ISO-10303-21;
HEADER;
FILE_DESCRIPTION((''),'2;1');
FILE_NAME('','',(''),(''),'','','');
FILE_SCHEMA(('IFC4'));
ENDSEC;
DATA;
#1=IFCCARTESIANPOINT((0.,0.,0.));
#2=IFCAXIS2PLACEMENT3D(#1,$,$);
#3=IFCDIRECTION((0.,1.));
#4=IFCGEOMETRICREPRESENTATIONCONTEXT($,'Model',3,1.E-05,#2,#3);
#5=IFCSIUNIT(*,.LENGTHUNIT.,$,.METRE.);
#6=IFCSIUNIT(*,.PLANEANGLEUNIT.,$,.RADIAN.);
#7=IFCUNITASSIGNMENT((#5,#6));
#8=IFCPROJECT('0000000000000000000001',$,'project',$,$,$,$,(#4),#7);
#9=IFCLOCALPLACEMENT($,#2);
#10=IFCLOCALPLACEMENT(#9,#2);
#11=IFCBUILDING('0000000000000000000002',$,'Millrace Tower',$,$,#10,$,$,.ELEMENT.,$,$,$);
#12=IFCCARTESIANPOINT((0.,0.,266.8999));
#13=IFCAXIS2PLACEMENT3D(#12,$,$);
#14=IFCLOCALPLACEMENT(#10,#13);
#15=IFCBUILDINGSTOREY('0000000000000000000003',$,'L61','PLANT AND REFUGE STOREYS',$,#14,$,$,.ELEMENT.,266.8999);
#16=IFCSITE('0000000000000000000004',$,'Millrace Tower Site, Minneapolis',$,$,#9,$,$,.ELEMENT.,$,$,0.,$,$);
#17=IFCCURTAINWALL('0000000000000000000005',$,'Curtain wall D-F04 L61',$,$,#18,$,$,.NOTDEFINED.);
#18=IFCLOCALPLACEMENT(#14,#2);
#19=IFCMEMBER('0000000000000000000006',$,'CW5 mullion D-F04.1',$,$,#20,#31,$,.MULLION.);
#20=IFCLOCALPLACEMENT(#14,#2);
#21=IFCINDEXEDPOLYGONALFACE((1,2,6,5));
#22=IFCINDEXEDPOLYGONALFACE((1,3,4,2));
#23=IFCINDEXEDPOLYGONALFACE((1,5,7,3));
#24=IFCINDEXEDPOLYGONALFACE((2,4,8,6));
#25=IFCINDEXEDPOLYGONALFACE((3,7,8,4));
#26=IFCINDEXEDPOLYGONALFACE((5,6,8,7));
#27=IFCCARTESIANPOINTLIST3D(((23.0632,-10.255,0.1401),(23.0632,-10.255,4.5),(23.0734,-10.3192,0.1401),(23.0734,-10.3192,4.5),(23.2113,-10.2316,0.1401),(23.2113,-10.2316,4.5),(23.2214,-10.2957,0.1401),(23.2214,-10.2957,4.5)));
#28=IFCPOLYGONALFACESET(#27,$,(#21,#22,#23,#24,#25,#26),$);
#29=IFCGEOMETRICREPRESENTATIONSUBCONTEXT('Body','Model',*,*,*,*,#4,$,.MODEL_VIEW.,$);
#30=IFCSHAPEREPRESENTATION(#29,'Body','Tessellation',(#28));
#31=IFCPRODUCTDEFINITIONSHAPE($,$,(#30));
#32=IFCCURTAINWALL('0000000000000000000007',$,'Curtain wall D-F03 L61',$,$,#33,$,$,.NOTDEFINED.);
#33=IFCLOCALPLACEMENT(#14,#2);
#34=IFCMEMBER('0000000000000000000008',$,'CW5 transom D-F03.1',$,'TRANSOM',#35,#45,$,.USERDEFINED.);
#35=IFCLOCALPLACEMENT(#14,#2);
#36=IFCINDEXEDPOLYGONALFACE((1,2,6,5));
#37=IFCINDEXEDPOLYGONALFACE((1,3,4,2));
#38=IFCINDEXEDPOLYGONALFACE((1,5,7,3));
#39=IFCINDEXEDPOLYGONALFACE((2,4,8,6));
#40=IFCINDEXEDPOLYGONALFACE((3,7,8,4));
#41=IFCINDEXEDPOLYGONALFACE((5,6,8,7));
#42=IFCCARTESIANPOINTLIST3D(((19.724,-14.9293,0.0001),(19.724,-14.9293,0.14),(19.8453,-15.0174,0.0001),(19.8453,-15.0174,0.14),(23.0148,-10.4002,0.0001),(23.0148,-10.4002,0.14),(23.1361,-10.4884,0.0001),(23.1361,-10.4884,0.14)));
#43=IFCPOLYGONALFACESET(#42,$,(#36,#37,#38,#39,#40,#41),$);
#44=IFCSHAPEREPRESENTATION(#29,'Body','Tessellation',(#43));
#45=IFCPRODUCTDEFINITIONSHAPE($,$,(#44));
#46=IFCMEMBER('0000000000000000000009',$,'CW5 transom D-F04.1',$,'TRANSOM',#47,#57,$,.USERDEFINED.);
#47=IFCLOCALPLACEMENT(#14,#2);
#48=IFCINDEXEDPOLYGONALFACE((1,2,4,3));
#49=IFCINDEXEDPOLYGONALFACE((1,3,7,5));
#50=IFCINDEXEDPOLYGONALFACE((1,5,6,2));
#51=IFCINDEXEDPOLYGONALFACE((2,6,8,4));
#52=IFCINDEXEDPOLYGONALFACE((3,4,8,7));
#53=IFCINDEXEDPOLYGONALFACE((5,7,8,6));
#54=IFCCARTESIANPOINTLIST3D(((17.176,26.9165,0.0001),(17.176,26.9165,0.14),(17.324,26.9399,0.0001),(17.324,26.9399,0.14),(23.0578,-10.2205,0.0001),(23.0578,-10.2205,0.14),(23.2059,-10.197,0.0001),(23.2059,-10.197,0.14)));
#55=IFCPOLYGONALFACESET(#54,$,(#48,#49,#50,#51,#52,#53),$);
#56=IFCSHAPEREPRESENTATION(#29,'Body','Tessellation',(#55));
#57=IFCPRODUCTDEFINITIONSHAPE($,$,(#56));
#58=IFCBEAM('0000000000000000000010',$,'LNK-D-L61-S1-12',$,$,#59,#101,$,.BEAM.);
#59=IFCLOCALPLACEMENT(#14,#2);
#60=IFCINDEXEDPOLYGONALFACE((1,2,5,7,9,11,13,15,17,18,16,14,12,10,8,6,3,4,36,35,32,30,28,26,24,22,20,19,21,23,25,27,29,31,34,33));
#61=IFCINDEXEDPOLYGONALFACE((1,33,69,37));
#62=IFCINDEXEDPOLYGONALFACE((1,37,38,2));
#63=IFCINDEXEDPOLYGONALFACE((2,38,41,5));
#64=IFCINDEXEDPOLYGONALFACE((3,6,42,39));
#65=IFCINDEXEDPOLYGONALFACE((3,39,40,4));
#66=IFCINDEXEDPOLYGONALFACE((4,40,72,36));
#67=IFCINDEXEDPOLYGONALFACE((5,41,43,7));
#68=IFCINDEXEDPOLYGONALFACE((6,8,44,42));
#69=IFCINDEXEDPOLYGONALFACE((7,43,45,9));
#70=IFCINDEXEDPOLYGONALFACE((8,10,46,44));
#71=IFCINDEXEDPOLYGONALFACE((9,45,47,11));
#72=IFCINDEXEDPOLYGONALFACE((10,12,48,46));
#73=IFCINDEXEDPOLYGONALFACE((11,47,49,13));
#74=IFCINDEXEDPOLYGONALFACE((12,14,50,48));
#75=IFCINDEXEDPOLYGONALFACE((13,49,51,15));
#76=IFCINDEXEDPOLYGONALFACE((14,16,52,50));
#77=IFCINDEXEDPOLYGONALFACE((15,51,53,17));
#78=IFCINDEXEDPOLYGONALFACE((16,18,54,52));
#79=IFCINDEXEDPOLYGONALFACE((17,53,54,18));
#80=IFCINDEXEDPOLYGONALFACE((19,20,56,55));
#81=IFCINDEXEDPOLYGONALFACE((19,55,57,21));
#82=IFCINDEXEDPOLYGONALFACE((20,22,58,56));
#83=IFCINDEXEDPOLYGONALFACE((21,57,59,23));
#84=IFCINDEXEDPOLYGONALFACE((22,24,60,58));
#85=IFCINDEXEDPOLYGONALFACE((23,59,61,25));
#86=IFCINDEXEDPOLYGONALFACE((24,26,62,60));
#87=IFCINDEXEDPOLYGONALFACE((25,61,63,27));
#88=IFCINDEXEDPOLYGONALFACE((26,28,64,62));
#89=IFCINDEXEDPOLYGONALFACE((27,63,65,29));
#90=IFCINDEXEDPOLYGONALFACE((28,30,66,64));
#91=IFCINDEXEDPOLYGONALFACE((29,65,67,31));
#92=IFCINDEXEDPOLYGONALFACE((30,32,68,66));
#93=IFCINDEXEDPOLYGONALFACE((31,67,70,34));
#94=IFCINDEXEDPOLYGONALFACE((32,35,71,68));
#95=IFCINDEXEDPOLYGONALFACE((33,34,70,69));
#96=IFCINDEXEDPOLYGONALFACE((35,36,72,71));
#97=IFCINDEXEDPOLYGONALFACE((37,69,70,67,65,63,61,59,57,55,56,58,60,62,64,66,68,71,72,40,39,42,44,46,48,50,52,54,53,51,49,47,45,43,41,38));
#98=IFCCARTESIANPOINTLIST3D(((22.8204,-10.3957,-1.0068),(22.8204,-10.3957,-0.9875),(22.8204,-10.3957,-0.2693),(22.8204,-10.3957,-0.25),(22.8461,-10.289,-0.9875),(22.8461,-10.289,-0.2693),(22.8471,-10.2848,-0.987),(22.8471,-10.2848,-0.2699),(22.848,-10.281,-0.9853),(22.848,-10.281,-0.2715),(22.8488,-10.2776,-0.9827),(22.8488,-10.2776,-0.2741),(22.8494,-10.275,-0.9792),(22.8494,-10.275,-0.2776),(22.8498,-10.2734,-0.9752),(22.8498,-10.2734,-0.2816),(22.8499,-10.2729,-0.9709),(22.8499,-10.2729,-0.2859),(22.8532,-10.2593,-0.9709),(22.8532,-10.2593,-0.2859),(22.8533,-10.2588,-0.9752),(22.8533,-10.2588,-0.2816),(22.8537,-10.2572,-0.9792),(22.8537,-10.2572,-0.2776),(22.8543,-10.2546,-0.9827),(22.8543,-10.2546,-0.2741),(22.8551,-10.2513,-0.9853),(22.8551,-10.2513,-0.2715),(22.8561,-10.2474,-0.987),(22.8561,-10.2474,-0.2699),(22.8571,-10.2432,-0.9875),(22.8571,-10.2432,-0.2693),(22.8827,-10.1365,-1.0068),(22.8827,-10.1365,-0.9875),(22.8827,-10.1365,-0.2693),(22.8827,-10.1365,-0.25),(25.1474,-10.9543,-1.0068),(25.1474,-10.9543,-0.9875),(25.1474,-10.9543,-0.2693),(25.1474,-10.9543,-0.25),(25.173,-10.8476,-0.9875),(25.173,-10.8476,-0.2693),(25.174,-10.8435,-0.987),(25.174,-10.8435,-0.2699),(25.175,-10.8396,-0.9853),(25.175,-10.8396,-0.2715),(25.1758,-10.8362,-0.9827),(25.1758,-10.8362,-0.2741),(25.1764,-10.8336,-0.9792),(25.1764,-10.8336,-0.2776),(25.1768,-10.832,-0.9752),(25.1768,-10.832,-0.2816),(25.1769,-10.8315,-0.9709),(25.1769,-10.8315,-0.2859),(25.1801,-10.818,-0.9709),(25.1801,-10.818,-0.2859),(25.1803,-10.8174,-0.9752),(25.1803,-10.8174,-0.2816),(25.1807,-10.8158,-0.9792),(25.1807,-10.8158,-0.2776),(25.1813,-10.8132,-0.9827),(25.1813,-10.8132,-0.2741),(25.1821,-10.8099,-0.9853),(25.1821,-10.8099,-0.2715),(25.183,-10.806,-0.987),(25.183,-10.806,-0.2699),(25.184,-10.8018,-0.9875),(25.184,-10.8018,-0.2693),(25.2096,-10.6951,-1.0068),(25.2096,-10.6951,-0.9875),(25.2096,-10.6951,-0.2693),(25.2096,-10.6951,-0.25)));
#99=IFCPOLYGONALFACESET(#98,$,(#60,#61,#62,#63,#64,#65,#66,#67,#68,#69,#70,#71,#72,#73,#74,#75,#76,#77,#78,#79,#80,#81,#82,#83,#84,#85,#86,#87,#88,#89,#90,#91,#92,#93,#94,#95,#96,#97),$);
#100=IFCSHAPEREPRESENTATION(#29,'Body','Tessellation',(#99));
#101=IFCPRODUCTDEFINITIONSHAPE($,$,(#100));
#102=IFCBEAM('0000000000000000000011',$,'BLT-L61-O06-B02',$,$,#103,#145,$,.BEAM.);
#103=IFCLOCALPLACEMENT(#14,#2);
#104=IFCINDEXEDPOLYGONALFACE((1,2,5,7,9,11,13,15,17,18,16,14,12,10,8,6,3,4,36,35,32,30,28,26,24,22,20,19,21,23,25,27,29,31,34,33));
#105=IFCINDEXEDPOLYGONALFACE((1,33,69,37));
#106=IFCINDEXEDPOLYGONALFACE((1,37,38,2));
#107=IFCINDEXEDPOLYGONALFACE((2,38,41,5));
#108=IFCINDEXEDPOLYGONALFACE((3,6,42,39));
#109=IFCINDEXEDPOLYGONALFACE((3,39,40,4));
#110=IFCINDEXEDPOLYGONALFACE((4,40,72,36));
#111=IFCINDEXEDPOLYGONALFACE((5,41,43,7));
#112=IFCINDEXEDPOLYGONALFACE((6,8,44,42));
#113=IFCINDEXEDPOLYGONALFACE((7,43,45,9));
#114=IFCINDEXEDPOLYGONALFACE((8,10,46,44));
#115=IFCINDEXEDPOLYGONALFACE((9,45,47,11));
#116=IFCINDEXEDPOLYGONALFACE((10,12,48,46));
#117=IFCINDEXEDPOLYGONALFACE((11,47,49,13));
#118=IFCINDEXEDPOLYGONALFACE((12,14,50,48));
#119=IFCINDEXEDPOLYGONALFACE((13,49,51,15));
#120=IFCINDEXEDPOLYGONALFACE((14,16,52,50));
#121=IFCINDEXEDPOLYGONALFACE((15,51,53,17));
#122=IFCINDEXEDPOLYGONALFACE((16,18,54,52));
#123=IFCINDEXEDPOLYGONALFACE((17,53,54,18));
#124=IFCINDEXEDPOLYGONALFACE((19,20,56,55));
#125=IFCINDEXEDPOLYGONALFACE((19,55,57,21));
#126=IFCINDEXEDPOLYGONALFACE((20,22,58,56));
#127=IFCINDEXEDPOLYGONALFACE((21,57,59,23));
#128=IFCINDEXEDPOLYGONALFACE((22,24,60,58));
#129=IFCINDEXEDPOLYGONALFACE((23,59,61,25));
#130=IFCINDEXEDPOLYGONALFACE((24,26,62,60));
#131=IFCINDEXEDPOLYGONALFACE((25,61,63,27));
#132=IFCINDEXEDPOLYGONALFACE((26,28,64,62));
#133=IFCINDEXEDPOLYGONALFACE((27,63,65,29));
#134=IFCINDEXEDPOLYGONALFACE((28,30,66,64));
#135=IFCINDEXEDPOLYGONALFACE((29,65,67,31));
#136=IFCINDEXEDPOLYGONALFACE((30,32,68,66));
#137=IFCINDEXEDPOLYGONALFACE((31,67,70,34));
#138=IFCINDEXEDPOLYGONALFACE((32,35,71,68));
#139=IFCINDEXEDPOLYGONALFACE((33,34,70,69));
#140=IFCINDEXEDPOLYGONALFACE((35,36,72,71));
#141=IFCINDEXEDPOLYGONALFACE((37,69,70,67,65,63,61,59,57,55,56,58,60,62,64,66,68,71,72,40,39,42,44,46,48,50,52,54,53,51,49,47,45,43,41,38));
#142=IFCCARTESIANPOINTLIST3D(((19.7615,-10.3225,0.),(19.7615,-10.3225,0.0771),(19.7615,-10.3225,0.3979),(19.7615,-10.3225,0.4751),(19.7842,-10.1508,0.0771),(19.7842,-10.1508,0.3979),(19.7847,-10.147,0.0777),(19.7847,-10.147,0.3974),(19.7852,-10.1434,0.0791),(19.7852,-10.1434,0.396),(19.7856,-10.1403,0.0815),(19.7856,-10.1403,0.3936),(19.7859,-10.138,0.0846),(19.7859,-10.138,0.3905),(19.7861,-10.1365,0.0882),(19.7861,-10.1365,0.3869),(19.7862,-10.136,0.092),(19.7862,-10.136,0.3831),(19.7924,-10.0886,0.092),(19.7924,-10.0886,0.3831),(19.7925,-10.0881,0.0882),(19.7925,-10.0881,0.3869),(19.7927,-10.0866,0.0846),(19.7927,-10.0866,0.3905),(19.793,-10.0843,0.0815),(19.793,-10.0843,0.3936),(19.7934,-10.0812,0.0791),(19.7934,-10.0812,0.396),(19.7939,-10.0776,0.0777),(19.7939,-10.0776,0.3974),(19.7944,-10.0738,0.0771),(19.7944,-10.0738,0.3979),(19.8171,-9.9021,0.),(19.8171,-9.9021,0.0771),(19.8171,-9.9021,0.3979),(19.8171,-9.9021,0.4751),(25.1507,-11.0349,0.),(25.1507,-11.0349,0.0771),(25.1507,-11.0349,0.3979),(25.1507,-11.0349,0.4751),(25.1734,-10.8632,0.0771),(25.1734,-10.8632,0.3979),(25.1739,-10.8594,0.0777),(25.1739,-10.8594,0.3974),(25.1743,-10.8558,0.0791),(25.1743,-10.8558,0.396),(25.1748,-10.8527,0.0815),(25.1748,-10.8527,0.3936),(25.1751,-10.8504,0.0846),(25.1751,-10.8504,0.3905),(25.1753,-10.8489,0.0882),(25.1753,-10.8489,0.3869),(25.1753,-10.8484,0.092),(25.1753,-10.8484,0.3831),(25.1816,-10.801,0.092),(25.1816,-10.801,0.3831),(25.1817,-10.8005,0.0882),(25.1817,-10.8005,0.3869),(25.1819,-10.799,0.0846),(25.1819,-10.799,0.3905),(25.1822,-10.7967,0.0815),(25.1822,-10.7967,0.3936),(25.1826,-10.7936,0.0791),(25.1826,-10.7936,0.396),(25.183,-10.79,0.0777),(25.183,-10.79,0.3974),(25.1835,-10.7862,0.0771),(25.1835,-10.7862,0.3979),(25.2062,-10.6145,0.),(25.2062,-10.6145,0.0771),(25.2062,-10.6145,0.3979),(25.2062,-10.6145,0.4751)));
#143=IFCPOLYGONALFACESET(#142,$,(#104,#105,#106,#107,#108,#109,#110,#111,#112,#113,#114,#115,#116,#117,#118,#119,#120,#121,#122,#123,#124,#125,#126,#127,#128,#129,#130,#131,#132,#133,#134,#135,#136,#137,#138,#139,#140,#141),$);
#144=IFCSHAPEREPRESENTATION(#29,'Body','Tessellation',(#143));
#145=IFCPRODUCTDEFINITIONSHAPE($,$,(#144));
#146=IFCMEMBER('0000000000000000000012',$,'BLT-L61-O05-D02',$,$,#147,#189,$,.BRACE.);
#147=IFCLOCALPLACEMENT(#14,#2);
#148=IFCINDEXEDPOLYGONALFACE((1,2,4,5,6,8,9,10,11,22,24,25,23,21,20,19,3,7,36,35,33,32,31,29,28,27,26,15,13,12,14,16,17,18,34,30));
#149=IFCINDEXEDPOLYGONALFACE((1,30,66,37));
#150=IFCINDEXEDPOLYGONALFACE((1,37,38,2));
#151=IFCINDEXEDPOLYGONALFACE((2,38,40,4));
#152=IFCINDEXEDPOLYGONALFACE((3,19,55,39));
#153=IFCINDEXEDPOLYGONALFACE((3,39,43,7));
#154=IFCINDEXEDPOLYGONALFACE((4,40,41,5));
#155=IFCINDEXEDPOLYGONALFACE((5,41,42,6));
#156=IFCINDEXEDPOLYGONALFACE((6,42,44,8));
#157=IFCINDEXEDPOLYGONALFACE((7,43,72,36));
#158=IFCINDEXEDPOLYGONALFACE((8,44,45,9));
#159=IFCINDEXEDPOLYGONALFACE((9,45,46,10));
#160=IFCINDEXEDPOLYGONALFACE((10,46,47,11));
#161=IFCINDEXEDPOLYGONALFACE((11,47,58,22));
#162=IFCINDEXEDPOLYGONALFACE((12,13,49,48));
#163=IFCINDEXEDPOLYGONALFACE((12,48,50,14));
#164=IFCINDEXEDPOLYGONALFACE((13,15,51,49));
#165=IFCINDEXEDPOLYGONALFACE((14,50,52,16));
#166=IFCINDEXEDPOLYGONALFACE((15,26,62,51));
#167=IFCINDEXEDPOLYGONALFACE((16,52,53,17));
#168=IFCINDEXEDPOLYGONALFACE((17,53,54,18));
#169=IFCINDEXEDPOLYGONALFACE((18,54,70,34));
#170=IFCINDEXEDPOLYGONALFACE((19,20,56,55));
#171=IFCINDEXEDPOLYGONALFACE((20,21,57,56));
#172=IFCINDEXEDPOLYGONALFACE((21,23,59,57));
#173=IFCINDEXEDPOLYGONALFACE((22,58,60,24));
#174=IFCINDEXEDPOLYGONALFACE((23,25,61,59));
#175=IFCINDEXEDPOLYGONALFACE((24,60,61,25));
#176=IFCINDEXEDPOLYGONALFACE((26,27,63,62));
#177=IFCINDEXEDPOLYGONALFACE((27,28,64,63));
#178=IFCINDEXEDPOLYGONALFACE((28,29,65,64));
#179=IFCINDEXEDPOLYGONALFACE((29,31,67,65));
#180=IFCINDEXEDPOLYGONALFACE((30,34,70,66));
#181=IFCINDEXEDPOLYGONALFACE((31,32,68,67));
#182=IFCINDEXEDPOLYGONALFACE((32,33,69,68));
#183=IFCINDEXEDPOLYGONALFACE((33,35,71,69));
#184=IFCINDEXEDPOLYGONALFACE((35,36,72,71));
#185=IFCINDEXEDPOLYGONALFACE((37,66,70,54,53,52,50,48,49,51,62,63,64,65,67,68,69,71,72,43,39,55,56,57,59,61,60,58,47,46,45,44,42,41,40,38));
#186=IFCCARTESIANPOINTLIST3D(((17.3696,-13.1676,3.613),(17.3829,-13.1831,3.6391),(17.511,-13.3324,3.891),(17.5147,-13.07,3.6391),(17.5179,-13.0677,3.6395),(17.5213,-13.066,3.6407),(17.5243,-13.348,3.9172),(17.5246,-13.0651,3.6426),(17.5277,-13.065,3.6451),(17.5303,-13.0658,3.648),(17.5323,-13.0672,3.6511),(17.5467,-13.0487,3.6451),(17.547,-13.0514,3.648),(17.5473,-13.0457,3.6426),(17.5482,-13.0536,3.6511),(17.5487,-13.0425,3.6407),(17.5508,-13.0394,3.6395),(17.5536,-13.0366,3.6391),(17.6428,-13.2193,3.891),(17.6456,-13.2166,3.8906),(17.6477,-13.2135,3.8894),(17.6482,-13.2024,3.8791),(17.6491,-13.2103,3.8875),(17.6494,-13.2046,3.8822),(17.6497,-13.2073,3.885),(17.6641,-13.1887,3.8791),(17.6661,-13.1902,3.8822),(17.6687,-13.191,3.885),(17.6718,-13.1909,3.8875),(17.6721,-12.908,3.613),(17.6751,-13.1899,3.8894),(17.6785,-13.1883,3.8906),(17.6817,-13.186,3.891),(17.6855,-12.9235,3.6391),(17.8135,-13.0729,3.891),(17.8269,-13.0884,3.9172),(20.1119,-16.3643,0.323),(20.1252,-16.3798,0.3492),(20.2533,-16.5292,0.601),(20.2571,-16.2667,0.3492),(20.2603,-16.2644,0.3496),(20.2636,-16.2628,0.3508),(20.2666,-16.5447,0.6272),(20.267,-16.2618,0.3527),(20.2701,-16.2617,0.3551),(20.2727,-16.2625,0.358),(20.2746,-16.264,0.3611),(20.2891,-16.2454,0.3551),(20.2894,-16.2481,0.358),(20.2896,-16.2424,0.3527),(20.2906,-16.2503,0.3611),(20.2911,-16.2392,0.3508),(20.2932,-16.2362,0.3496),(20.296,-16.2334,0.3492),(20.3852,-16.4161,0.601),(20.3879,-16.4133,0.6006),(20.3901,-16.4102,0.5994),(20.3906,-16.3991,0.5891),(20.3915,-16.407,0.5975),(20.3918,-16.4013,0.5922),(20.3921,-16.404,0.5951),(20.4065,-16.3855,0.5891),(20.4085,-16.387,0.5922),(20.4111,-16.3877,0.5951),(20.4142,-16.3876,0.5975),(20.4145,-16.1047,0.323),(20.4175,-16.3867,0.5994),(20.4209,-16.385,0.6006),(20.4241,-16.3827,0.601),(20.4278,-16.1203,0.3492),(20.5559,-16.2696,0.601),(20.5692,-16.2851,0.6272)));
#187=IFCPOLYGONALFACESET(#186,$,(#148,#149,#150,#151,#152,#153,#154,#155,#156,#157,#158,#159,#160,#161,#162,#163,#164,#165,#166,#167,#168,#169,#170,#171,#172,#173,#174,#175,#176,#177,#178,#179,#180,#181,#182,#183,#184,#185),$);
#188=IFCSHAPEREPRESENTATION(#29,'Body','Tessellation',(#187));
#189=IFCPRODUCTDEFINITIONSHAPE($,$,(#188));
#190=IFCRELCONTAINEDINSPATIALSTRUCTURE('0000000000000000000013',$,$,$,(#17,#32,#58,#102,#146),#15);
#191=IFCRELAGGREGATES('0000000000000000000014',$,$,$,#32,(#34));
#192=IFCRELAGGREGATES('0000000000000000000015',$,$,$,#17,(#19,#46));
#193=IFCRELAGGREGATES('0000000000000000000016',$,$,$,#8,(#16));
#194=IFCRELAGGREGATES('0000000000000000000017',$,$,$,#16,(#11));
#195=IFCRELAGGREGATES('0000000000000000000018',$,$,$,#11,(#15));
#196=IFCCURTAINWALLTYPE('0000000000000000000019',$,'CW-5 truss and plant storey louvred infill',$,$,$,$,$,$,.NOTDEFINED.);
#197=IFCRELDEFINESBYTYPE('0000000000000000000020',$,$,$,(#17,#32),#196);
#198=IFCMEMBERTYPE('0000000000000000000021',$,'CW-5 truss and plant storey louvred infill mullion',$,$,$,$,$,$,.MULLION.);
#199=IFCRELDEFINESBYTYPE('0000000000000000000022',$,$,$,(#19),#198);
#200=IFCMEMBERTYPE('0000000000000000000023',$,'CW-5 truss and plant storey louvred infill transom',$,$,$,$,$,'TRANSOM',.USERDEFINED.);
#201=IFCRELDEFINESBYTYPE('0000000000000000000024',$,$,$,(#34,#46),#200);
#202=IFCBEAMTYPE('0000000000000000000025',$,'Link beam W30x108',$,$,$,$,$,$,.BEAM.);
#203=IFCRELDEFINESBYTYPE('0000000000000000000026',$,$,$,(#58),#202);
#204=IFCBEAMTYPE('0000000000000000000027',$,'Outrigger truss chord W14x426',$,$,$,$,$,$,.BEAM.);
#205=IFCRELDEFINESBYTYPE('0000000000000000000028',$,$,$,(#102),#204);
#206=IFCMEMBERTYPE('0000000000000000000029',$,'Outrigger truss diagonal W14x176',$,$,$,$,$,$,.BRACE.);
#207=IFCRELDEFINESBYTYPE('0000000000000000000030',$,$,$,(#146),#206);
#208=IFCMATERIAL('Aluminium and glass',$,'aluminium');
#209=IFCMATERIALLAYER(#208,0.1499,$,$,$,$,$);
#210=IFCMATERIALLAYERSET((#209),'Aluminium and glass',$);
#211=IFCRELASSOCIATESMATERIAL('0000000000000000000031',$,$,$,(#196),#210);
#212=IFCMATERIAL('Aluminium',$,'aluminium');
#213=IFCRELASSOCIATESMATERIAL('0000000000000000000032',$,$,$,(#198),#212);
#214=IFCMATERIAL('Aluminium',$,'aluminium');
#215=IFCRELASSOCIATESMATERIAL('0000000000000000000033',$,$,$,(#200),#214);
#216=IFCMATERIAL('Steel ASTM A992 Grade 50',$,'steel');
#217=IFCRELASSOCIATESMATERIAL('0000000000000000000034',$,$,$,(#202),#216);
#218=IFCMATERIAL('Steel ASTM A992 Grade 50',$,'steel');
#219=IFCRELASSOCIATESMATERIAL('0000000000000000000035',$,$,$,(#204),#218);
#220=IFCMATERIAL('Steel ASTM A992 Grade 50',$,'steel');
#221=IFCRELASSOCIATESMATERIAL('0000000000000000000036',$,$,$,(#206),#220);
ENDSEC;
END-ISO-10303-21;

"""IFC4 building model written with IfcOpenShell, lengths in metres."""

from ifc_helpers import new_model, si_unit, direction, frame, origin, origin_2d, place, context, subcontext, project, spatial, rectangle, i_section, extrude, material, layer, layer_set, material_profile, profile_set, type_object, element, aggregate, save


model = new_model("IFC4")

# Units and contexts
model_context = context("Model", 3, precision=1e-05, world=origin(), true_north=direction((0.0, 1.0)))
body_context = subcontext(model_context, "Body", "Model", "MODEL_VIEW")
ifc_project = project(units=[si_unit("LENGTHUNIT", "METRE"), si_unit("PLANEANGLEUNIT", "RADIAN")], contexts=[model_context])

# Site, building, storey
site_placement = place(None, origin())
site = spatial("IfcSite", under=ifc_project, at=site_placement, Name="Millrace Tower Site, Minneapolis", CompositionType="ELEMENT", RefElevation=0.0)
building_placement = place(site_placement, origin())
building = spatial("IfcBuilding", under=site, at=building_placement, Name="Millrace Tower", CompositionType="ELEMENT")
storey_placement = place(building_placement, frame((0.0, 0.0, 266.8999)))
storey = spatial("IfcBuildingStorey", under=building, at=storey_placement, Name="L61", Description="PLANT AND REFUGE STOREYS", CompositionType="ELEMENT", Elevation=266.8999)

# Curtain walls, members
ifc_material_1 = material(Name="Aluminium and glass", Category="aluminium")
ifc_layer_1 = layer(ifc_material_1, 0.1499)
ifc_layer_set_1 = layer_set([ifc_layer_1], Name="Aluminium and glass")
curtain_wall_type = type_object("IfcCurtainWallType", Name="CW-5 truss and plant storey louvred infill", PredefinedType="NOTDEFINED", material=ifc_layer_set_1)
placement = place(storey_placement, origin())
curtain_wall_1 = element("IfcCurtainWall", 1, at=placement, inside=storey, type_object=curtain_wall_type, Name="Curtain wall D-F04 L61", PredefinedType="NOTDEFINED")
ifc_material_2 = material(Name="Aluminium", Category="aluminium")
ifc_material_profile_1 = material_profile(ifc_material_2, rectangle(XDim=0.0649, YDim=0.1499, at=origin_2d()))
ifc_profile_set_1 = profile_set([ifc_material_profile_1], Name="Aluminium")
member_type_1 = type_object("IfcMemberType", Name="CW-5 truss and plant storey louvred infill mullion", PredefinedType="MULLION", material=ifc_profile_set_1)
member_1_placement = place(storey_placement, frame((23.1423, -10.2754, 0.1401), z_axis=(0.0, 0.0, 1.0), x_axis=(-0.156434, 0.987688, 0.0)))
member_1 = element("IfcMember", 2, at=member_1_placement, type_object=member_type_1, Name="CW5 mullion D-F04.1", PredefinedType="MULLION", context=body_context, shape_type="SweptSolid", body=[
    extrude(rectangle(XDim=0.0649, YDim=0.1499, at=origin_2d()), origin(), (0.0, 0.0, 1.0), 4.3599),
])
curtain_wall_2 = element("IfcCurtainWall", 3, at=placement, inside=storey, type_object=curtain_wall_type, Name="Curtain wall D-F03 L61", PredefinedType="NOTDEFINED")
ifc_material_3 = material(Name="Aluminium", Category="aluminium")
ifc_material_profile_2 = material_profile(ifc_material_3, rectangle(XDim=0.1499, YDim=0.1399, at=origin_2d()))
ifc_profile_set_2 = profile_set([ifc_material_profile_2], Name="Aluminium")
member_type_2 = type_object("IfcMemberType", Name="CW-5 truss and plant storey louvred infill transom", ElementType="TRANSOM", PredefinedType="USERDEFINED", material=ifc_profile_set_2)
member_2_placement = place(storey_placement, frame((19.7847, -14.9734, 0.0701), z_axis=(0.587811, 0.808998, 0.0), x_axis=(-0.808998, 0.587811, 0.0)))
member_2 = element("IfcMember", 4, at=member_2_placement, type_object=member_type_2, Name="CW5 transom D-F03.1", ObjectType="TRANSOM", PredefinedType="USERDEFINED", context=body_context, shape_type="SweptSolid", body=[
    extrude(rectangle(XDim=0.1499, YDim=0.1399, at=origin_2d()), origin(), (0.0, 0.0, 1.0), 5.5984),
])
aggregate(curtain_wall_2, [member_2])

# Member
member_3_placement = place(storey_placement, frame((23.1318, -10.2087, 0.0701), z_axis=(-0.156432, 0.987689, 0.0), x_axis=(-0.987689, -0.156432, 0.0)))
member_3 = element("IfcMember", 5, at=member_3_placement, type_object=member_type_2, Name="CW5 transom D-F04.1", ObjectType="TRANSOM", PredefinedType="USERDEFINED", context=body_context, shape_type="SweptSolid", body=[
    extrude(rectangle(XDim=0.1499, YDim=0.1399, at=origin_2d()), origin(), (0.0, 0.0, 1.0), 37.5999),
])
aggregate(curtain_wall_1, [member_1, member_3])

# Beams
ifc_material_4 = material(Name="Steel ASTM A992 Grade 50", Category="steel")
ifc_material_profile_3 = material_profile(ifc_material_4, i_section(OverallWidth=0.2666, OverallDepth=0.7568, WebThickness=0.0139, FlangeThickness=0.0193, FilletRadius=0.0166, at=origin_2d()))
ifc_profile_set_3 = profile_set([ifc_material_profile_3], Name="Steel ASTM A992 Grade 50")
beam_type_1 = type_object("IfcBeamType", Name="Link beam W30x108", PredefinedType="BEAM", material=ifc_profile_set_3)
beam_1_placement = place(storey_placement, frame((22.8516, -10.2661, -0.6284), z_axis=(0.972374, -0.233427, 0.0), x_axis=(0.233427, 0.972374, 0.0)))
element("IfcBeam", 6, at=beam_1_placement, inside=storey, type_object=beam_type_1, Name="LNK-D-L61-S1-12", PredefinedType="BEAM", context=body_context, shape_type="SweptSolid", body=[
    extrude(i_section(OverallWidth=0.2666, OverallDepth=0.7568, WebThickness=0.0139, FlangeThickness=0.0193, FilletRadius=0.0166, at=origin_2d()), origin(), (0.0, 0.0, 1.0), 2.3931),
])
ifc_material_5 = material(Name="Steel ASTM A992 Grade 50", Category="steel")
ifc_material_profile_4 = material_profile(ifc_material_5, i_section(OverallWidth=0.4241, OverallDepth=0.4751, WebThickness=0.0479, FlangeThickness=0.0771, FilletRadius=0.0149, at=origin_2d()))
ifc_profile_set_4 = profile_set([ifc_material_profile_4], Name="Steel ASTM A992 Grade 50")
beam_type_2 = type_object("IfcBeamType", Name="Outrigger truss chord W14x426", PredefinedType="BEAM", material=ifc_profile_set_4)
beam_2_placement = place(storey_placement, frame((19.7893, -10.1123, 0.2375), z_axis=(0.991376, -0.131052, 0.0), x_axis=(0.131052, 0.991376, 0.0)))
element("IfcBeam", 7, at=beam_2_placement, inside=storey, type_object=beam_type_2, Name="BLT-L61-O06-B02", PredefinedType="BEAM", context=body_context, shape_type="SweptSolid", body=[
    extrude(i_section(OverallWidth=0.4241, OverallDepth=0.4751, WebThickness=0.0479, FlangeThickness=0.0771, FilletRadius=0.0149, at=origin_2d()), origin(), (0.0, 0.0, 1.0), 5.436),
])

# Member
ifc_material_6 = material(Name="Steel ASTM A992 Grade 50", Category="steel")
ifc_material_profile_5 = material_profile(ifc_material_6, i_section(OverallWidth=0.3987, OverallDepth=0.386, WebThickness=0.021, FlangeThickness=0.0332, FilletRadius=0.0151, at=origin_2d()))
ifc_profile_set_5 = profile_set([ifc_material_profile_5], Name="Steel ASTM A992 Grade 50")
member_type_3 = type_object("IfcMemberType", Name="Outrigger truss diagonal W14x176", PredefinedType="BRACE", material=ifc_profile_set_5)
member_4_placement = place(storey_placement, frame((20.3406, -16.3247, 0.4751), z_axis=(-0.513123, 0.598133, 0.615583), x_axis=(-0.758982, -0.651111, 0.0)))
element("IfcMember", 8, at=member_4_placement, inside=storey, type_object=member_type_3, Name="BLT-L61-O05-D02", PredefinedType="BRACE", context=body_context, shape_type="SweptSolid", body=[
    extrude(i_section(OverallWidth=0.3987, OverallDepth=0.386, WebThickness=0.021, FlangeThickness=0.0332, FilletRadius=0.0151, at=origin_2d()), origin(), (0.0, 0.0, 1.0), 5.3445),
])

save(model, "model.ifc")
